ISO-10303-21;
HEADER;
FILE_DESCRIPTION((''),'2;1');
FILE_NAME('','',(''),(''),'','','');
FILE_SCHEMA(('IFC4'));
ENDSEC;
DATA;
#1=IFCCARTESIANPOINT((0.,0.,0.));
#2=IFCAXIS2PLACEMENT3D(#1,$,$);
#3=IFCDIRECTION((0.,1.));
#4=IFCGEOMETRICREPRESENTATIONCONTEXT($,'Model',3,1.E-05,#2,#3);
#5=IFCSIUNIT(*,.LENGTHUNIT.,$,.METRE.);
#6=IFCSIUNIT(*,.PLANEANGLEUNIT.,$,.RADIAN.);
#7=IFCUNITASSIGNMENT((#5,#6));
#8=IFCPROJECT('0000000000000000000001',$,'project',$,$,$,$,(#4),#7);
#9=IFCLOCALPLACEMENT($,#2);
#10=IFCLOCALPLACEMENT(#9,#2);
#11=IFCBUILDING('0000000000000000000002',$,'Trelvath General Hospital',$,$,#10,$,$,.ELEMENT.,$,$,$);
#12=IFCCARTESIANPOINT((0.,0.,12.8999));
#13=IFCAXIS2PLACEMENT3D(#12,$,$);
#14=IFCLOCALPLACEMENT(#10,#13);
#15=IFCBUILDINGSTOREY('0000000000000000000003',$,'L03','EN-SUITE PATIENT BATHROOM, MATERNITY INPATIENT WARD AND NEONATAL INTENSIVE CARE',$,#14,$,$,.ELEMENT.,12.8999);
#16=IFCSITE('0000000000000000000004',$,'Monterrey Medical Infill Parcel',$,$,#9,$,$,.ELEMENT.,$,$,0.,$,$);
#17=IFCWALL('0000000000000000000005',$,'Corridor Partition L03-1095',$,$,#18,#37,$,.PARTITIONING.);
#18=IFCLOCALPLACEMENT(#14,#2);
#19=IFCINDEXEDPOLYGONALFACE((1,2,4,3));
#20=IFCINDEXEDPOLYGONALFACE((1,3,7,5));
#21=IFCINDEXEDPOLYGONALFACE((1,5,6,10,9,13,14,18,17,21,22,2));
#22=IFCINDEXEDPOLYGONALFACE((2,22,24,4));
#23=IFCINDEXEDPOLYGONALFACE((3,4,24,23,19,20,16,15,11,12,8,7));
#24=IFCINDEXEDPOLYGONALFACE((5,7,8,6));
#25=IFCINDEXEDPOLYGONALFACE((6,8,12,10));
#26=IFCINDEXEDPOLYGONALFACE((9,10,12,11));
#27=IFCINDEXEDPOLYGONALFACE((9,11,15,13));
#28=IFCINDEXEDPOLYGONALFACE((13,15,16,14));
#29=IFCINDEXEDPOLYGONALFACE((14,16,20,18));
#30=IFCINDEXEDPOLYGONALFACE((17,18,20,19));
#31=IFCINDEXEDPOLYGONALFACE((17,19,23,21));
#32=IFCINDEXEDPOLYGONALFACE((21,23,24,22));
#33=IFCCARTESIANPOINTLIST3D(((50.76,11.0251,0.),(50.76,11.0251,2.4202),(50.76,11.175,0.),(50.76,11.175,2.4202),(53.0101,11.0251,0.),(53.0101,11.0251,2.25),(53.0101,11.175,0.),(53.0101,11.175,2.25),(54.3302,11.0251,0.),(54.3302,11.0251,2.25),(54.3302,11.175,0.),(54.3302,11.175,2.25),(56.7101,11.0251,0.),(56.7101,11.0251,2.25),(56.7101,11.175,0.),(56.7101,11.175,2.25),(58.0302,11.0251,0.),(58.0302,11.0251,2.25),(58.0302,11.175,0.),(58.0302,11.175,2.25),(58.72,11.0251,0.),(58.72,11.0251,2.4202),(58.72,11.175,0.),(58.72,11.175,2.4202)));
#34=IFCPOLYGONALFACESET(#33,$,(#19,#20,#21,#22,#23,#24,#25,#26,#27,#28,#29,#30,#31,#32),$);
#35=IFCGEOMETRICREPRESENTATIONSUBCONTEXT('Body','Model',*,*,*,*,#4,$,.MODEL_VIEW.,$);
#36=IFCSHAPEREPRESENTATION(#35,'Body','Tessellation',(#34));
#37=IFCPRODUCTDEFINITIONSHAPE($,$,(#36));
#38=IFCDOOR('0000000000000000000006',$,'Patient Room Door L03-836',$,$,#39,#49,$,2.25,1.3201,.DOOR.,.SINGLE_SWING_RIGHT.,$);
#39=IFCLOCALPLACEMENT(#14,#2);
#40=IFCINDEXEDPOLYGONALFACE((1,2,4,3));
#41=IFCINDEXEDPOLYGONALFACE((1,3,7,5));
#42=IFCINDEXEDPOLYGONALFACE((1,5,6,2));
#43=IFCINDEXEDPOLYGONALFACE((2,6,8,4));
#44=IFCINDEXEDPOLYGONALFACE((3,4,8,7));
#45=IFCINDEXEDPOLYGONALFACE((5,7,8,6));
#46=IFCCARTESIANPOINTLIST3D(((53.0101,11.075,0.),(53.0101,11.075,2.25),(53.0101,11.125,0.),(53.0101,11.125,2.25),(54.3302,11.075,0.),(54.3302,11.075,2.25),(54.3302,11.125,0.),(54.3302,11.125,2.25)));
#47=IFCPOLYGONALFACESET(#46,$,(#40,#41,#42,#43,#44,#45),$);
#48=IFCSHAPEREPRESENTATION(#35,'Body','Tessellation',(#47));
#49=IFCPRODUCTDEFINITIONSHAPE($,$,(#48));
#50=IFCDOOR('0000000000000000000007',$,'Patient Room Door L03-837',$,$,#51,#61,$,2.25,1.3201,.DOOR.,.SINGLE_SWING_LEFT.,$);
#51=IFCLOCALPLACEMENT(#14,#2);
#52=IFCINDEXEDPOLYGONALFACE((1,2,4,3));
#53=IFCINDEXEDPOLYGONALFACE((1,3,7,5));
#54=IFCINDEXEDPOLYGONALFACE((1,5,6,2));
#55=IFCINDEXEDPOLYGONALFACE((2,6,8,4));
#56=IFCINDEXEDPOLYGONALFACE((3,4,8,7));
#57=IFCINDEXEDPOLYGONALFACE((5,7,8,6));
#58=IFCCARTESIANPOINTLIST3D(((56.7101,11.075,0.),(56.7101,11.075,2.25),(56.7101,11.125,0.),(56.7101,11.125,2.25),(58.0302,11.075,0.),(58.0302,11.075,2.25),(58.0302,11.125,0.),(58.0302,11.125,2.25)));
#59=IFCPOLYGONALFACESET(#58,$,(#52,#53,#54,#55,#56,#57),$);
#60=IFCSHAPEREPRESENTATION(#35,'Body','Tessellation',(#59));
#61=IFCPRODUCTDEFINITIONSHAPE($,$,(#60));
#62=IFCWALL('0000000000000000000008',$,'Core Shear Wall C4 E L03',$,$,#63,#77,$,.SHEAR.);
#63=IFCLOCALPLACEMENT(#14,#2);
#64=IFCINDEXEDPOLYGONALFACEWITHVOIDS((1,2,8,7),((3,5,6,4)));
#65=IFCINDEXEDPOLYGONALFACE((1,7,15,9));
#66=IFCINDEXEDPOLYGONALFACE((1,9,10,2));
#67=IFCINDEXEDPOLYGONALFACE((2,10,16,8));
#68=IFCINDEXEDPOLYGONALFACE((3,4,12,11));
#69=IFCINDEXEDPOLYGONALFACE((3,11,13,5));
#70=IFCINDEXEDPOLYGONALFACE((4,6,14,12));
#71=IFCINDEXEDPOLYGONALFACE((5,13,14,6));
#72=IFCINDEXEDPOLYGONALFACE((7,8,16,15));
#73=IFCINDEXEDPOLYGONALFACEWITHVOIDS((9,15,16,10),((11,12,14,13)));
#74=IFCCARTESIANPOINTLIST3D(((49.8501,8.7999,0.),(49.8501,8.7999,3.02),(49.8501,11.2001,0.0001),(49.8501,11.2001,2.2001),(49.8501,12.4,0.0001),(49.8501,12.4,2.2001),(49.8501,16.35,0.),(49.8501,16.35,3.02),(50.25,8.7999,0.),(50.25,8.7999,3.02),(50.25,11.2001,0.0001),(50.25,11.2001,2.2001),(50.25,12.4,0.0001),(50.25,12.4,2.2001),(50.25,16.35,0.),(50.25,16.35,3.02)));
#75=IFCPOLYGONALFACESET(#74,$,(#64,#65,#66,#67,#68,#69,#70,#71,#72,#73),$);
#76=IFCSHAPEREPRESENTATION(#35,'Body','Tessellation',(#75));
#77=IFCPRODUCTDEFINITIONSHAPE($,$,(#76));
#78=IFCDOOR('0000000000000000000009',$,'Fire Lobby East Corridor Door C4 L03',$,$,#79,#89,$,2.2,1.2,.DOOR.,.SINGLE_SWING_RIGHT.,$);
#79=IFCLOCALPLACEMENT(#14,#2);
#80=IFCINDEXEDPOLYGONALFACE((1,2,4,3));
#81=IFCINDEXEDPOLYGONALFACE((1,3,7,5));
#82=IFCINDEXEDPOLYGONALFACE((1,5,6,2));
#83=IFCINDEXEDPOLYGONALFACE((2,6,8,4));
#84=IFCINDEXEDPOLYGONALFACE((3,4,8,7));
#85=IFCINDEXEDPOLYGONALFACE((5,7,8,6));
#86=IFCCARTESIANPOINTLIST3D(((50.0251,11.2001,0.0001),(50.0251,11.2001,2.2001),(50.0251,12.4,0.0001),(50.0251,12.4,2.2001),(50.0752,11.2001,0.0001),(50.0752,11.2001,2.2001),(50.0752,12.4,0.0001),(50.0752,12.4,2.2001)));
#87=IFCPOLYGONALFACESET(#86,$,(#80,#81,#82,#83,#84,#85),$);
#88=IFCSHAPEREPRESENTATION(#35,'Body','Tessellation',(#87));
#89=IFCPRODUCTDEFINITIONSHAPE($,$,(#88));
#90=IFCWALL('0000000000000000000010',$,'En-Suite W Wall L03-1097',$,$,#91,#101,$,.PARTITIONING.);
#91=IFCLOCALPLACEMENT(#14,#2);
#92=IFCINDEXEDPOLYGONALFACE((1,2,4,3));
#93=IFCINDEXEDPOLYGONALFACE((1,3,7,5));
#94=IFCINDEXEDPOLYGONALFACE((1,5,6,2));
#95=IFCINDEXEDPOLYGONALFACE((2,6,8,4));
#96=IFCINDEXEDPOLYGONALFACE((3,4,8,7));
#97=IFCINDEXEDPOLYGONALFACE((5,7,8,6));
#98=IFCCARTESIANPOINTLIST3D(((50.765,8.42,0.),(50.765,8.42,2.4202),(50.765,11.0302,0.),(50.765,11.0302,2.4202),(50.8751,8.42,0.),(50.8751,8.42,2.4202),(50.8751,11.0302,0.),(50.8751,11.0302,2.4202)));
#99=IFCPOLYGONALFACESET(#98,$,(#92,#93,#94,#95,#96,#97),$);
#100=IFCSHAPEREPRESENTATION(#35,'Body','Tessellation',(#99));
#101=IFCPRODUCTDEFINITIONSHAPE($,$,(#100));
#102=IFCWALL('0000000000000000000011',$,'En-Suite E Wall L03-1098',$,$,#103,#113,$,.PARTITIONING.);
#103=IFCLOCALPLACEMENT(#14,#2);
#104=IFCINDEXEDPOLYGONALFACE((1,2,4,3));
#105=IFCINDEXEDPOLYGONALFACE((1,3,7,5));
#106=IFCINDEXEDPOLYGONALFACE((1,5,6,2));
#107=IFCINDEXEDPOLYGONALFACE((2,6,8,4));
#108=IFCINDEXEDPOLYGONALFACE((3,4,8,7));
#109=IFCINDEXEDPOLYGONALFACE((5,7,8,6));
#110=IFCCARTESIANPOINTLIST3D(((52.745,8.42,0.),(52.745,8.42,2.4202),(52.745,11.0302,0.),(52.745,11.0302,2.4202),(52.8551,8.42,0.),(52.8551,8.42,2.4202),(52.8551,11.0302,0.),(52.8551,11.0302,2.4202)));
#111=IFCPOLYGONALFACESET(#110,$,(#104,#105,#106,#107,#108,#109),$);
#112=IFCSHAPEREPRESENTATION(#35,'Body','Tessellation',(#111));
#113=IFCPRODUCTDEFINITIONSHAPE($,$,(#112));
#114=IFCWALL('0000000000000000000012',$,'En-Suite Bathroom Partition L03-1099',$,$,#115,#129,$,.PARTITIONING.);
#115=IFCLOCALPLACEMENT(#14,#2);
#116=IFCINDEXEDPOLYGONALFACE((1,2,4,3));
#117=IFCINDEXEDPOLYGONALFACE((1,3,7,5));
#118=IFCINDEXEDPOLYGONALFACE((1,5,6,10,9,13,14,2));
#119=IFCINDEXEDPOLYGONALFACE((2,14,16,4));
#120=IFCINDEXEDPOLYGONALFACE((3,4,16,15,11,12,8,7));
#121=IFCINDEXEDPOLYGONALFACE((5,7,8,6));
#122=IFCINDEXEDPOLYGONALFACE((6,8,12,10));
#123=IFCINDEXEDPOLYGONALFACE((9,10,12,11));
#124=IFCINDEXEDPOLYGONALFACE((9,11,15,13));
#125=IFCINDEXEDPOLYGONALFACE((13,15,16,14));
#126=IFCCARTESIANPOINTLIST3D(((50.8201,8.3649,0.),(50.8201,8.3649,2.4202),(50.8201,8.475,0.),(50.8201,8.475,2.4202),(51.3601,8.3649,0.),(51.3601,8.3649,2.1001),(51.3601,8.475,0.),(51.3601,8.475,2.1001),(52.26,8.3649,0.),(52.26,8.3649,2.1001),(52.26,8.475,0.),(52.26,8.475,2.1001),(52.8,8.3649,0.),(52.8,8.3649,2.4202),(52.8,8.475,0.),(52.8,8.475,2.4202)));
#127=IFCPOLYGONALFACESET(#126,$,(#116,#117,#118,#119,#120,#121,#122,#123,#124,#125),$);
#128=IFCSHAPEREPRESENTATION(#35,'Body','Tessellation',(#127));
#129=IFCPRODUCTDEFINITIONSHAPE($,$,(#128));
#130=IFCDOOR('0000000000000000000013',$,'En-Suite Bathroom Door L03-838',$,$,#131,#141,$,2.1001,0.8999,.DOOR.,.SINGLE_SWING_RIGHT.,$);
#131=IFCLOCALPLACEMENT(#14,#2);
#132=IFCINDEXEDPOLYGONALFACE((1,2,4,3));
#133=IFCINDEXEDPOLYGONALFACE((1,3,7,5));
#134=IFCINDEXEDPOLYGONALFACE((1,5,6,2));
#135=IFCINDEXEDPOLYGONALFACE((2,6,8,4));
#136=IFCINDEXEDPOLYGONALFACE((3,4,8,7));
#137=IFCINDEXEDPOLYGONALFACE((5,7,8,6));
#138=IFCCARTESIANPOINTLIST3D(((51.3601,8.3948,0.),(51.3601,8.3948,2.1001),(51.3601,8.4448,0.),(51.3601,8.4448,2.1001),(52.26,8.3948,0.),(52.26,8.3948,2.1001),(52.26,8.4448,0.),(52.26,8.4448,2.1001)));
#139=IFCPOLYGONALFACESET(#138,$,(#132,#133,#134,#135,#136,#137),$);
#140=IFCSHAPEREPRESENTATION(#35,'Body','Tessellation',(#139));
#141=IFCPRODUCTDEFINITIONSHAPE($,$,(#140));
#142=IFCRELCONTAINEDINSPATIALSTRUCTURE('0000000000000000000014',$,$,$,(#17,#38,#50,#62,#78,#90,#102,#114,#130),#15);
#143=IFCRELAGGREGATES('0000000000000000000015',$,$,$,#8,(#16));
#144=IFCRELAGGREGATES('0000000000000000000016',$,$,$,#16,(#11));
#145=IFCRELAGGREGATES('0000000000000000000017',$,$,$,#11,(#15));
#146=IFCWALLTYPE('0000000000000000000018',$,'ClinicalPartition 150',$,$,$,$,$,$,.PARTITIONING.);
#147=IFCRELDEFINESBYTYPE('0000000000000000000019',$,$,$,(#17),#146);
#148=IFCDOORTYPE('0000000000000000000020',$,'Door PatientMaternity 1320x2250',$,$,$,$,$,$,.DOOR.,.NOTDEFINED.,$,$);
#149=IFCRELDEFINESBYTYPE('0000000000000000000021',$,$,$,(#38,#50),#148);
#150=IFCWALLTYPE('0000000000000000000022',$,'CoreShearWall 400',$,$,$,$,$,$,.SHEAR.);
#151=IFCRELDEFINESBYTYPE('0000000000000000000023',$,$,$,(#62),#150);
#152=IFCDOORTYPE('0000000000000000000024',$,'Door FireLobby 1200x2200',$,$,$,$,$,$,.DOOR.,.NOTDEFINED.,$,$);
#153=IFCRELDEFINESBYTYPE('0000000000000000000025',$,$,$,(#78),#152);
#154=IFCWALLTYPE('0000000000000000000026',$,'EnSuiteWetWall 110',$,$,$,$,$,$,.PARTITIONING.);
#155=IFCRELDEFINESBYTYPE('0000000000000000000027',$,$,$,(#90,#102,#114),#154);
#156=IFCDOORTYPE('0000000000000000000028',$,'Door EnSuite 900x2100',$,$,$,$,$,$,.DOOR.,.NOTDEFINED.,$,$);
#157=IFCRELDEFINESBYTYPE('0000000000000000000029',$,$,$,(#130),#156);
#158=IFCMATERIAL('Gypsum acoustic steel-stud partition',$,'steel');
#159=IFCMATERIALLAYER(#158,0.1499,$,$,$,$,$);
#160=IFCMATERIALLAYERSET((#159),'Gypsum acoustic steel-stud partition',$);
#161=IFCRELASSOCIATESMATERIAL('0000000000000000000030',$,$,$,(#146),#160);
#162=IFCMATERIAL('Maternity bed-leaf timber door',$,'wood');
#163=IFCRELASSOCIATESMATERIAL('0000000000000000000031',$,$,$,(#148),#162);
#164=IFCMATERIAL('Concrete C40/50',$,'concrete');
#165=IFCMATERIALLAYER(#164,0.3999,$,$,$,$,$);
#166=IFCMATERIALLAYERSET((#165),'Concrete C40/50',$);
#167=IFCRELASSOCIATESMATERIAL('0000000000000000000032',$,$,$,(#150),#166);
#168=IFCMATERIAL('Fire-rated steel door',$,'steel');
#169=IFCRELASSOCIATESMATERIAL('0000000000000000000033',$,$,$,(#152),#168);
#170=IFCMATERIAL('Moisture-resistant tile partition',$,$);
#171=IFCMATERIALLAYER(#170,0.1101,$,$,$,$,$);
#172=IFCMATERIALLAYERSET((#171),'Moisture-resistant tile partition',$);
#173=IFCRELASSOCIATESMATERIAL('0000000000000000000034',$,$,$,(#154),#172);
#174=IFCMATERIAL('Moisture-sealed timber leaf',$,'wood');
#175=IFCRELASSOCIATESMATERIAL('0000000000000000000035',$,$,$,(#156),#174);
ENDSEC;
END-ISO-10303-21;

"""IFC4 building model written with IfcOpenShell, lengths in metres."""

from ifc_helpers import new_model, si_unit, direction, frame, frame_2d, origin, place, context, subcontext, project, spatial, rectangle, extrude, material, layer, layer_set, type_object, element, fill, save


model = new_model("IFC4")

# Units and contexts
model_context = context("Model", 3, precision=1e-05, world=origin(), true_north=direction((0.0, 1.0)))
body_context = subcontext(model_context, "Body", "Model", "MODEL_VIEW")
ifc_project = project(units=[si_unit("LENGTHUNIT", "METRE"), si_unit("PLANEANGLEUNIT", "RADIAN")], contexts=[model_context])

# Site, building, storey
site_placement = place(None, origin())
site = spatial("IfcSite", under=ifc_project, at=site_placement, Name="Monterrey Medical Infill Parcel", CompositionType="ELEMENT", RefElevation=0.0)
building_placement = place(site_placement, origin())
building = spatial("IfcBuilding", under=site, at=building_placement, Name="Trelvath General Hospital", CompositionType="ELEMENT")
storey_placement = place(building_placement, frame((0.0, 0.0, 12.8999)))
storey = spatial("IfcBuildingStorey", under=building, at=storey_placement, Name="L03", Description="EN-SUITE PATIENT BATHROOM, MATERNITY INPATIENT WARD AND NEONATAL INTENSIVE CARE", CompositionType="ELEMENT", Elevation=12.8999)

# Wall, openings, doors
ifc_material_1 = material(Name="Gypsum acoustic steel-stud partition", Category="steel")
ifc_layer_1 = layer(ifc_material_1, 0.1499)
ifc_layer_set_1 = layer_set([ifc_layer_1], Name="Gypsum acoustic steel-stud partition")
wall_type_1 = type_object("IfcWallType", Name="ClinicalPartition 150", PredefinedType="PARTITIONING", material=ifc_layer_set_1)
wall_1_placement = place(storey_placement, frame((50.76, 11.1001, 0.0), z_axis=(0.0, 0.0, 1.0), x_axis=(1.0, 0.0, 0.0)))
wall_1 = element("IfcWall", 1, at=wall_1_placement, inside=storey, type_object=wall_type_1, Name="Corridor Partition L03-1095", PredefinedType="PARTITIONING", context=body_context, shape_type="SweptSolid", body=[
    extrude(rectangle(XDim=7.96, YDim=0.1499, at=frame_2d((3.98, 0.0))), origin(), (0.0, 0.0, 1.0), 2.4202),
])
opening_1_placement = place(wall_1_placement, frame((2.25, 0.0, 0.0)))
opening_1 = element("IfcOpeningElement", 2, at=opening_1_placement, cuts=wall_1, PredefinedType="OPENING", context=body_context, shape_type="SweptSolid", body=[
    extrude(rectangle(XDim=1.3201, YDim=2.25, at=frame_2d((0.6602, 1.125))), frame((0.0, 0.085, 0.0), z_axis=(0.0, -1.0, 0.0), x_axis=(1.0, 0.0, 0.0)), (0.0, 0.0, 1.0), 0.1699),
])
opening_2_placement = place(wall_1_placement, frame((5.95, 0.0, 0.0)))
opening_2 = element("IfcOpeningElement", 3, at=opening_2_placement, cuts=wall_1, PredefinedType="OPENING", context=body_context, shape_type="SweptSolid", body=[
    extrude(rectangle(XDim=1.3201, YDim=2.25, at=frame_2d((0.6602, 1.125))), frame((0.0, 0.085, 0.0), z_axis=(0.0, -1.0, 0.0), x_axis=(1.0, 0.0, 0.0)), (0.0, 0.0, 1.0), 0.1699),
])
ifc_material_2 = material(Name="Maternity bed-leaf timber door", Category="wood")
door_type_1 = type_object("IfcDoorType", Name="Door PatientMaternity 1320x2250", OperationType="NOTDEFINED", PredefinedType="DOOR", material=ifc_material_2)
door_1_placement = place(opening_1_placement, origin())
door_1 = element("IfcDoor", 4, at=door_1_placement, inside=storey, type_object=door_type_1, Name="Patient Room Door L03-836", OperationType="SINGLE_SWING_RIGHT", OverallHeight=2.25, OverallWidth=1.3201, PredefinedType="DOOR", context=body_context, shape_type="SweptSolid", body=[
    extrude(rectangle(XDim=1.3201, YDim=2.25, at=frame_2d((0.6602, 1.125))), frame((0.0, 0.0249, 0.0), z_axis=(0.0, -1.0, 0.0), x_axis=(1.0, 0.0, 0.0)), (0.0, 0.0, 1.0), 0.05),
])
fill(opening_1, door_1)
door_2_placement = place(opening_2_placement, origin())
door_2 = element("IfcDoor", 5, at=door_2_placement, inside=storey, type_object=door_type_1, Name="Patient Room Door L03-837", OperationType="SINGLE_SWING_LEFT", OverallHeight=2.25, OverallWidth=1.3201, PredefinedType="DOOR", context=body_context, shape_type="SweptSolid", body=[
    extrude(rectangle(XDim=1.3201, YDim=2.25, at=frame_2d((0.6602, 1.125))), frame((0.0, 0.0249, 0.0), z_axis=(0.0, -1.0, 0.0), x_axis=(1.0, 0.0, 0.0)), (0.0, 0.0, 1.0), 0.05),
])
fill(opening_2, door_2)

# Wall, opening, door
ifc_material_3 = material(Name="Concrete C40/50", Category="concrete")
ifc_layer_2 = layer(ifc_material_3, 0.3999)
ifc_layer_set_2 = layer_set([ifc_layer_2], Name="Concrete C40/50")
wall_type_2 = type_object("IfcWallType", Name="CoreShearWall 400", PredefinedType="SHEAR", material=ifc_layer_set_2)
wall_2_placement = place(storey_placement, frame((50.05, 8.8, 0.0), z_axis=(0.0, 0.0, 1.0), x_axis=(0.0, 1.0, 0.0)))
wall_2 = element("IfcWall", 6, at=wall_2_placement, inside=storey, type_object=wall_type_2, Name="Core Shear Wall C4 E L03", PredefinedType="SHEAR", context=body_context, shape_type="SweptSolid", body=[
    extrude(rectangle(XDim=7.55, YDim=0.3999, at=frame_2d((3.7749, 0.0))), origin(), (0.0, 0.0, 1.0), 3.02),
])
opening_3_placement = place(wall_2_placement, frame((2.3999, 0.0, 0.0)))
opening_3 = element("IfcOpeningElement", 7, at=opening_3_placement, cuts=wall_2, PredefinedType="OPENING", context=body_context, shape_type="SweptSolid", body=[
    extrude(rectangle(XDim=1.2, YDim=2.2, at=frame_2d((0.6001, 1.1001))), frame((0.0, 0.21, 0.0), z_axis=(0.0, -1.0, 0.0), x_axis=(1.0, 0.0, 0.0)), (0.0, 0.0, 1.0), 0.4199),
])
ifc_material_4 = material(Name="Fire-rated steel door", Category="steel")
door_type_2 = type_object("IfcDoorType", Name="Door FireLobby 1200x2200", OperationType="NOTDEFINED", PredefinedType="DOOR", material=ifc_material_4)
door_3_placement = place(opening_3_placement, origin())
door_3 = element("IfcDoor", 8, at=door_3_placement, inside=storey, type_object=door_type_2, Name="Fire Lobby East Corridor Door C4 L03", OperationType="SINGLE_SWING_RIGHT", OverallHeight=2.2, OverallWidth=1.2, PredefinedType="DOOR", context=body_context, shape_type="SweptSolid", body=[
    extrude(rectangle(XDim=1.2, YDim=2.2, at=frame_2d((0.6001, 1.1001))), frame((0.0, 0.0249, 0.0), z_axis=(0.0, -1.0, 0.0), x_axis=(1.0, 0.0, 0.0)), (0.0, 0.0, 1.0), 0.05),
])
fill(opening_3, door_3)

# Walls
ifc_material_5 = material(Name="Moisture-resistant tile partition")
ifc_layer_3 = layer(ifc_material_5, 0.1101)
ifc_layer_set_3 = layer_set([ifc_layer_3], Name="Moisture-resistant tile partition")
wall_type_3 = type_object("IfcWallType", Name="EnSuiteWetWall 110", PredefinedType="PARTITIONING", material=ifc_layer_set_3)
for number, where, z_axis, x_axis, name in (
    (9, (50.8201, 8.4199, 0.0), (0.0, 0.0, 1.0), (0.0, 1.0, 0.0), "En-Suite W Wall L03-1097"),
    (10, (52.8, 8.4199, 0.0), (0.0, 0.0, 1.0), (0.0, 1.0, 0.0), "En-Suite E Wall L03-1098"),
):
    element("IfcWall", number, at=place(storey_placement, frame(where, z_axis=z_axis, x_axis=x_axis)), inside=storey, type_object=wall_type_3, Name=name, PredefinedType="PARTITIONING", context=body_context, shape_type="SweptSolid", body=[
        extrude(rectangle(XDim=2.6101, YDim=0.1101, at=frame_2d((1.3052, 0.0))), origin(), (0.0, 0.0, 1.0), 2.4202),
    ])

# Wall, opening, door
wall_3_placement = place(storey_placement, frame((50.8201, 8.4199, 0.0), z_axis=(0.0, 0.0, 1.0), x_axis=(1.0, 0.0, 0.0)))
wall_3 = element("IfcWall", 11, at=wall_3_placement, inside=storey, type_object=wall_type_3, Name="En-Suite Bathroom Partition L03-1099", PredefinedType="PARTITIONING", context=body_context, shape_type="SweptSolid", body=[
    extrude(rectangle(XDim=1.98, YDim=0.1101, at=frame_2d((0.99, 0.0))), origin(), (0.0, 0.0, 1.0), 2.4202),
])
opening_4_placement = place(wall_3_placement, frame((0.54, 0.0, 0.0)))
opening_4 = element("IfcOpeningElement", 12, at=opening_4_placement, cuts=wall_3, PredefinedType="OPENING", context=body_context, shape_type="SweptSolid", body=[
    extrude(rectangle(XDim=0.8999, YDim=2.1001, at=frame_2d((0.45, 1.05))), frame((0.0, 0.0649, 0.0), z_axis=(0.0, -1.0, 0.0), x_axis=(1.0, 0.0, 0.0)), (0.0, 0.0, 1.0), 0.1301),
])
ifc_material_6 = material(Name="Moisture-sealed timber leaf", Category="wood")
door_type_3 = type_object("IfcDoorType", Name="Door EnSuite 900x2100", OperationType="NOTDEFINED", PredefinedType="DOOR", material=ifc_material_6)
door_4_placement = place(opening_4_placement, origin())
door_4 = element("IfcDoor", 13, at=door_4_placement, inside=storey, type_object=door_type_3, Name="En-Suite Bathroom Door L03-838", OperationType="SINGLE_SWING_RIGHT", OverallHeight=2.1001, OverallWidth=0.8999, PredefinedType="DOOR", context=body_context, shape_type="SweptSolid", body=[
    extrude(rectangle(XDim=0.8999, YDim=2.1001, at=frame_2d((0.45, 1.05))), frame((0.0, 0.0249, 0.0), z_axis=(0.0, -1.0, 0.0), x_axis=(1.0, 0.0, 0.0)), (0.0, 0.0, 1.0), 0.05),
])
fill(opening_4, door_4)

save(model, "model.ifc")
